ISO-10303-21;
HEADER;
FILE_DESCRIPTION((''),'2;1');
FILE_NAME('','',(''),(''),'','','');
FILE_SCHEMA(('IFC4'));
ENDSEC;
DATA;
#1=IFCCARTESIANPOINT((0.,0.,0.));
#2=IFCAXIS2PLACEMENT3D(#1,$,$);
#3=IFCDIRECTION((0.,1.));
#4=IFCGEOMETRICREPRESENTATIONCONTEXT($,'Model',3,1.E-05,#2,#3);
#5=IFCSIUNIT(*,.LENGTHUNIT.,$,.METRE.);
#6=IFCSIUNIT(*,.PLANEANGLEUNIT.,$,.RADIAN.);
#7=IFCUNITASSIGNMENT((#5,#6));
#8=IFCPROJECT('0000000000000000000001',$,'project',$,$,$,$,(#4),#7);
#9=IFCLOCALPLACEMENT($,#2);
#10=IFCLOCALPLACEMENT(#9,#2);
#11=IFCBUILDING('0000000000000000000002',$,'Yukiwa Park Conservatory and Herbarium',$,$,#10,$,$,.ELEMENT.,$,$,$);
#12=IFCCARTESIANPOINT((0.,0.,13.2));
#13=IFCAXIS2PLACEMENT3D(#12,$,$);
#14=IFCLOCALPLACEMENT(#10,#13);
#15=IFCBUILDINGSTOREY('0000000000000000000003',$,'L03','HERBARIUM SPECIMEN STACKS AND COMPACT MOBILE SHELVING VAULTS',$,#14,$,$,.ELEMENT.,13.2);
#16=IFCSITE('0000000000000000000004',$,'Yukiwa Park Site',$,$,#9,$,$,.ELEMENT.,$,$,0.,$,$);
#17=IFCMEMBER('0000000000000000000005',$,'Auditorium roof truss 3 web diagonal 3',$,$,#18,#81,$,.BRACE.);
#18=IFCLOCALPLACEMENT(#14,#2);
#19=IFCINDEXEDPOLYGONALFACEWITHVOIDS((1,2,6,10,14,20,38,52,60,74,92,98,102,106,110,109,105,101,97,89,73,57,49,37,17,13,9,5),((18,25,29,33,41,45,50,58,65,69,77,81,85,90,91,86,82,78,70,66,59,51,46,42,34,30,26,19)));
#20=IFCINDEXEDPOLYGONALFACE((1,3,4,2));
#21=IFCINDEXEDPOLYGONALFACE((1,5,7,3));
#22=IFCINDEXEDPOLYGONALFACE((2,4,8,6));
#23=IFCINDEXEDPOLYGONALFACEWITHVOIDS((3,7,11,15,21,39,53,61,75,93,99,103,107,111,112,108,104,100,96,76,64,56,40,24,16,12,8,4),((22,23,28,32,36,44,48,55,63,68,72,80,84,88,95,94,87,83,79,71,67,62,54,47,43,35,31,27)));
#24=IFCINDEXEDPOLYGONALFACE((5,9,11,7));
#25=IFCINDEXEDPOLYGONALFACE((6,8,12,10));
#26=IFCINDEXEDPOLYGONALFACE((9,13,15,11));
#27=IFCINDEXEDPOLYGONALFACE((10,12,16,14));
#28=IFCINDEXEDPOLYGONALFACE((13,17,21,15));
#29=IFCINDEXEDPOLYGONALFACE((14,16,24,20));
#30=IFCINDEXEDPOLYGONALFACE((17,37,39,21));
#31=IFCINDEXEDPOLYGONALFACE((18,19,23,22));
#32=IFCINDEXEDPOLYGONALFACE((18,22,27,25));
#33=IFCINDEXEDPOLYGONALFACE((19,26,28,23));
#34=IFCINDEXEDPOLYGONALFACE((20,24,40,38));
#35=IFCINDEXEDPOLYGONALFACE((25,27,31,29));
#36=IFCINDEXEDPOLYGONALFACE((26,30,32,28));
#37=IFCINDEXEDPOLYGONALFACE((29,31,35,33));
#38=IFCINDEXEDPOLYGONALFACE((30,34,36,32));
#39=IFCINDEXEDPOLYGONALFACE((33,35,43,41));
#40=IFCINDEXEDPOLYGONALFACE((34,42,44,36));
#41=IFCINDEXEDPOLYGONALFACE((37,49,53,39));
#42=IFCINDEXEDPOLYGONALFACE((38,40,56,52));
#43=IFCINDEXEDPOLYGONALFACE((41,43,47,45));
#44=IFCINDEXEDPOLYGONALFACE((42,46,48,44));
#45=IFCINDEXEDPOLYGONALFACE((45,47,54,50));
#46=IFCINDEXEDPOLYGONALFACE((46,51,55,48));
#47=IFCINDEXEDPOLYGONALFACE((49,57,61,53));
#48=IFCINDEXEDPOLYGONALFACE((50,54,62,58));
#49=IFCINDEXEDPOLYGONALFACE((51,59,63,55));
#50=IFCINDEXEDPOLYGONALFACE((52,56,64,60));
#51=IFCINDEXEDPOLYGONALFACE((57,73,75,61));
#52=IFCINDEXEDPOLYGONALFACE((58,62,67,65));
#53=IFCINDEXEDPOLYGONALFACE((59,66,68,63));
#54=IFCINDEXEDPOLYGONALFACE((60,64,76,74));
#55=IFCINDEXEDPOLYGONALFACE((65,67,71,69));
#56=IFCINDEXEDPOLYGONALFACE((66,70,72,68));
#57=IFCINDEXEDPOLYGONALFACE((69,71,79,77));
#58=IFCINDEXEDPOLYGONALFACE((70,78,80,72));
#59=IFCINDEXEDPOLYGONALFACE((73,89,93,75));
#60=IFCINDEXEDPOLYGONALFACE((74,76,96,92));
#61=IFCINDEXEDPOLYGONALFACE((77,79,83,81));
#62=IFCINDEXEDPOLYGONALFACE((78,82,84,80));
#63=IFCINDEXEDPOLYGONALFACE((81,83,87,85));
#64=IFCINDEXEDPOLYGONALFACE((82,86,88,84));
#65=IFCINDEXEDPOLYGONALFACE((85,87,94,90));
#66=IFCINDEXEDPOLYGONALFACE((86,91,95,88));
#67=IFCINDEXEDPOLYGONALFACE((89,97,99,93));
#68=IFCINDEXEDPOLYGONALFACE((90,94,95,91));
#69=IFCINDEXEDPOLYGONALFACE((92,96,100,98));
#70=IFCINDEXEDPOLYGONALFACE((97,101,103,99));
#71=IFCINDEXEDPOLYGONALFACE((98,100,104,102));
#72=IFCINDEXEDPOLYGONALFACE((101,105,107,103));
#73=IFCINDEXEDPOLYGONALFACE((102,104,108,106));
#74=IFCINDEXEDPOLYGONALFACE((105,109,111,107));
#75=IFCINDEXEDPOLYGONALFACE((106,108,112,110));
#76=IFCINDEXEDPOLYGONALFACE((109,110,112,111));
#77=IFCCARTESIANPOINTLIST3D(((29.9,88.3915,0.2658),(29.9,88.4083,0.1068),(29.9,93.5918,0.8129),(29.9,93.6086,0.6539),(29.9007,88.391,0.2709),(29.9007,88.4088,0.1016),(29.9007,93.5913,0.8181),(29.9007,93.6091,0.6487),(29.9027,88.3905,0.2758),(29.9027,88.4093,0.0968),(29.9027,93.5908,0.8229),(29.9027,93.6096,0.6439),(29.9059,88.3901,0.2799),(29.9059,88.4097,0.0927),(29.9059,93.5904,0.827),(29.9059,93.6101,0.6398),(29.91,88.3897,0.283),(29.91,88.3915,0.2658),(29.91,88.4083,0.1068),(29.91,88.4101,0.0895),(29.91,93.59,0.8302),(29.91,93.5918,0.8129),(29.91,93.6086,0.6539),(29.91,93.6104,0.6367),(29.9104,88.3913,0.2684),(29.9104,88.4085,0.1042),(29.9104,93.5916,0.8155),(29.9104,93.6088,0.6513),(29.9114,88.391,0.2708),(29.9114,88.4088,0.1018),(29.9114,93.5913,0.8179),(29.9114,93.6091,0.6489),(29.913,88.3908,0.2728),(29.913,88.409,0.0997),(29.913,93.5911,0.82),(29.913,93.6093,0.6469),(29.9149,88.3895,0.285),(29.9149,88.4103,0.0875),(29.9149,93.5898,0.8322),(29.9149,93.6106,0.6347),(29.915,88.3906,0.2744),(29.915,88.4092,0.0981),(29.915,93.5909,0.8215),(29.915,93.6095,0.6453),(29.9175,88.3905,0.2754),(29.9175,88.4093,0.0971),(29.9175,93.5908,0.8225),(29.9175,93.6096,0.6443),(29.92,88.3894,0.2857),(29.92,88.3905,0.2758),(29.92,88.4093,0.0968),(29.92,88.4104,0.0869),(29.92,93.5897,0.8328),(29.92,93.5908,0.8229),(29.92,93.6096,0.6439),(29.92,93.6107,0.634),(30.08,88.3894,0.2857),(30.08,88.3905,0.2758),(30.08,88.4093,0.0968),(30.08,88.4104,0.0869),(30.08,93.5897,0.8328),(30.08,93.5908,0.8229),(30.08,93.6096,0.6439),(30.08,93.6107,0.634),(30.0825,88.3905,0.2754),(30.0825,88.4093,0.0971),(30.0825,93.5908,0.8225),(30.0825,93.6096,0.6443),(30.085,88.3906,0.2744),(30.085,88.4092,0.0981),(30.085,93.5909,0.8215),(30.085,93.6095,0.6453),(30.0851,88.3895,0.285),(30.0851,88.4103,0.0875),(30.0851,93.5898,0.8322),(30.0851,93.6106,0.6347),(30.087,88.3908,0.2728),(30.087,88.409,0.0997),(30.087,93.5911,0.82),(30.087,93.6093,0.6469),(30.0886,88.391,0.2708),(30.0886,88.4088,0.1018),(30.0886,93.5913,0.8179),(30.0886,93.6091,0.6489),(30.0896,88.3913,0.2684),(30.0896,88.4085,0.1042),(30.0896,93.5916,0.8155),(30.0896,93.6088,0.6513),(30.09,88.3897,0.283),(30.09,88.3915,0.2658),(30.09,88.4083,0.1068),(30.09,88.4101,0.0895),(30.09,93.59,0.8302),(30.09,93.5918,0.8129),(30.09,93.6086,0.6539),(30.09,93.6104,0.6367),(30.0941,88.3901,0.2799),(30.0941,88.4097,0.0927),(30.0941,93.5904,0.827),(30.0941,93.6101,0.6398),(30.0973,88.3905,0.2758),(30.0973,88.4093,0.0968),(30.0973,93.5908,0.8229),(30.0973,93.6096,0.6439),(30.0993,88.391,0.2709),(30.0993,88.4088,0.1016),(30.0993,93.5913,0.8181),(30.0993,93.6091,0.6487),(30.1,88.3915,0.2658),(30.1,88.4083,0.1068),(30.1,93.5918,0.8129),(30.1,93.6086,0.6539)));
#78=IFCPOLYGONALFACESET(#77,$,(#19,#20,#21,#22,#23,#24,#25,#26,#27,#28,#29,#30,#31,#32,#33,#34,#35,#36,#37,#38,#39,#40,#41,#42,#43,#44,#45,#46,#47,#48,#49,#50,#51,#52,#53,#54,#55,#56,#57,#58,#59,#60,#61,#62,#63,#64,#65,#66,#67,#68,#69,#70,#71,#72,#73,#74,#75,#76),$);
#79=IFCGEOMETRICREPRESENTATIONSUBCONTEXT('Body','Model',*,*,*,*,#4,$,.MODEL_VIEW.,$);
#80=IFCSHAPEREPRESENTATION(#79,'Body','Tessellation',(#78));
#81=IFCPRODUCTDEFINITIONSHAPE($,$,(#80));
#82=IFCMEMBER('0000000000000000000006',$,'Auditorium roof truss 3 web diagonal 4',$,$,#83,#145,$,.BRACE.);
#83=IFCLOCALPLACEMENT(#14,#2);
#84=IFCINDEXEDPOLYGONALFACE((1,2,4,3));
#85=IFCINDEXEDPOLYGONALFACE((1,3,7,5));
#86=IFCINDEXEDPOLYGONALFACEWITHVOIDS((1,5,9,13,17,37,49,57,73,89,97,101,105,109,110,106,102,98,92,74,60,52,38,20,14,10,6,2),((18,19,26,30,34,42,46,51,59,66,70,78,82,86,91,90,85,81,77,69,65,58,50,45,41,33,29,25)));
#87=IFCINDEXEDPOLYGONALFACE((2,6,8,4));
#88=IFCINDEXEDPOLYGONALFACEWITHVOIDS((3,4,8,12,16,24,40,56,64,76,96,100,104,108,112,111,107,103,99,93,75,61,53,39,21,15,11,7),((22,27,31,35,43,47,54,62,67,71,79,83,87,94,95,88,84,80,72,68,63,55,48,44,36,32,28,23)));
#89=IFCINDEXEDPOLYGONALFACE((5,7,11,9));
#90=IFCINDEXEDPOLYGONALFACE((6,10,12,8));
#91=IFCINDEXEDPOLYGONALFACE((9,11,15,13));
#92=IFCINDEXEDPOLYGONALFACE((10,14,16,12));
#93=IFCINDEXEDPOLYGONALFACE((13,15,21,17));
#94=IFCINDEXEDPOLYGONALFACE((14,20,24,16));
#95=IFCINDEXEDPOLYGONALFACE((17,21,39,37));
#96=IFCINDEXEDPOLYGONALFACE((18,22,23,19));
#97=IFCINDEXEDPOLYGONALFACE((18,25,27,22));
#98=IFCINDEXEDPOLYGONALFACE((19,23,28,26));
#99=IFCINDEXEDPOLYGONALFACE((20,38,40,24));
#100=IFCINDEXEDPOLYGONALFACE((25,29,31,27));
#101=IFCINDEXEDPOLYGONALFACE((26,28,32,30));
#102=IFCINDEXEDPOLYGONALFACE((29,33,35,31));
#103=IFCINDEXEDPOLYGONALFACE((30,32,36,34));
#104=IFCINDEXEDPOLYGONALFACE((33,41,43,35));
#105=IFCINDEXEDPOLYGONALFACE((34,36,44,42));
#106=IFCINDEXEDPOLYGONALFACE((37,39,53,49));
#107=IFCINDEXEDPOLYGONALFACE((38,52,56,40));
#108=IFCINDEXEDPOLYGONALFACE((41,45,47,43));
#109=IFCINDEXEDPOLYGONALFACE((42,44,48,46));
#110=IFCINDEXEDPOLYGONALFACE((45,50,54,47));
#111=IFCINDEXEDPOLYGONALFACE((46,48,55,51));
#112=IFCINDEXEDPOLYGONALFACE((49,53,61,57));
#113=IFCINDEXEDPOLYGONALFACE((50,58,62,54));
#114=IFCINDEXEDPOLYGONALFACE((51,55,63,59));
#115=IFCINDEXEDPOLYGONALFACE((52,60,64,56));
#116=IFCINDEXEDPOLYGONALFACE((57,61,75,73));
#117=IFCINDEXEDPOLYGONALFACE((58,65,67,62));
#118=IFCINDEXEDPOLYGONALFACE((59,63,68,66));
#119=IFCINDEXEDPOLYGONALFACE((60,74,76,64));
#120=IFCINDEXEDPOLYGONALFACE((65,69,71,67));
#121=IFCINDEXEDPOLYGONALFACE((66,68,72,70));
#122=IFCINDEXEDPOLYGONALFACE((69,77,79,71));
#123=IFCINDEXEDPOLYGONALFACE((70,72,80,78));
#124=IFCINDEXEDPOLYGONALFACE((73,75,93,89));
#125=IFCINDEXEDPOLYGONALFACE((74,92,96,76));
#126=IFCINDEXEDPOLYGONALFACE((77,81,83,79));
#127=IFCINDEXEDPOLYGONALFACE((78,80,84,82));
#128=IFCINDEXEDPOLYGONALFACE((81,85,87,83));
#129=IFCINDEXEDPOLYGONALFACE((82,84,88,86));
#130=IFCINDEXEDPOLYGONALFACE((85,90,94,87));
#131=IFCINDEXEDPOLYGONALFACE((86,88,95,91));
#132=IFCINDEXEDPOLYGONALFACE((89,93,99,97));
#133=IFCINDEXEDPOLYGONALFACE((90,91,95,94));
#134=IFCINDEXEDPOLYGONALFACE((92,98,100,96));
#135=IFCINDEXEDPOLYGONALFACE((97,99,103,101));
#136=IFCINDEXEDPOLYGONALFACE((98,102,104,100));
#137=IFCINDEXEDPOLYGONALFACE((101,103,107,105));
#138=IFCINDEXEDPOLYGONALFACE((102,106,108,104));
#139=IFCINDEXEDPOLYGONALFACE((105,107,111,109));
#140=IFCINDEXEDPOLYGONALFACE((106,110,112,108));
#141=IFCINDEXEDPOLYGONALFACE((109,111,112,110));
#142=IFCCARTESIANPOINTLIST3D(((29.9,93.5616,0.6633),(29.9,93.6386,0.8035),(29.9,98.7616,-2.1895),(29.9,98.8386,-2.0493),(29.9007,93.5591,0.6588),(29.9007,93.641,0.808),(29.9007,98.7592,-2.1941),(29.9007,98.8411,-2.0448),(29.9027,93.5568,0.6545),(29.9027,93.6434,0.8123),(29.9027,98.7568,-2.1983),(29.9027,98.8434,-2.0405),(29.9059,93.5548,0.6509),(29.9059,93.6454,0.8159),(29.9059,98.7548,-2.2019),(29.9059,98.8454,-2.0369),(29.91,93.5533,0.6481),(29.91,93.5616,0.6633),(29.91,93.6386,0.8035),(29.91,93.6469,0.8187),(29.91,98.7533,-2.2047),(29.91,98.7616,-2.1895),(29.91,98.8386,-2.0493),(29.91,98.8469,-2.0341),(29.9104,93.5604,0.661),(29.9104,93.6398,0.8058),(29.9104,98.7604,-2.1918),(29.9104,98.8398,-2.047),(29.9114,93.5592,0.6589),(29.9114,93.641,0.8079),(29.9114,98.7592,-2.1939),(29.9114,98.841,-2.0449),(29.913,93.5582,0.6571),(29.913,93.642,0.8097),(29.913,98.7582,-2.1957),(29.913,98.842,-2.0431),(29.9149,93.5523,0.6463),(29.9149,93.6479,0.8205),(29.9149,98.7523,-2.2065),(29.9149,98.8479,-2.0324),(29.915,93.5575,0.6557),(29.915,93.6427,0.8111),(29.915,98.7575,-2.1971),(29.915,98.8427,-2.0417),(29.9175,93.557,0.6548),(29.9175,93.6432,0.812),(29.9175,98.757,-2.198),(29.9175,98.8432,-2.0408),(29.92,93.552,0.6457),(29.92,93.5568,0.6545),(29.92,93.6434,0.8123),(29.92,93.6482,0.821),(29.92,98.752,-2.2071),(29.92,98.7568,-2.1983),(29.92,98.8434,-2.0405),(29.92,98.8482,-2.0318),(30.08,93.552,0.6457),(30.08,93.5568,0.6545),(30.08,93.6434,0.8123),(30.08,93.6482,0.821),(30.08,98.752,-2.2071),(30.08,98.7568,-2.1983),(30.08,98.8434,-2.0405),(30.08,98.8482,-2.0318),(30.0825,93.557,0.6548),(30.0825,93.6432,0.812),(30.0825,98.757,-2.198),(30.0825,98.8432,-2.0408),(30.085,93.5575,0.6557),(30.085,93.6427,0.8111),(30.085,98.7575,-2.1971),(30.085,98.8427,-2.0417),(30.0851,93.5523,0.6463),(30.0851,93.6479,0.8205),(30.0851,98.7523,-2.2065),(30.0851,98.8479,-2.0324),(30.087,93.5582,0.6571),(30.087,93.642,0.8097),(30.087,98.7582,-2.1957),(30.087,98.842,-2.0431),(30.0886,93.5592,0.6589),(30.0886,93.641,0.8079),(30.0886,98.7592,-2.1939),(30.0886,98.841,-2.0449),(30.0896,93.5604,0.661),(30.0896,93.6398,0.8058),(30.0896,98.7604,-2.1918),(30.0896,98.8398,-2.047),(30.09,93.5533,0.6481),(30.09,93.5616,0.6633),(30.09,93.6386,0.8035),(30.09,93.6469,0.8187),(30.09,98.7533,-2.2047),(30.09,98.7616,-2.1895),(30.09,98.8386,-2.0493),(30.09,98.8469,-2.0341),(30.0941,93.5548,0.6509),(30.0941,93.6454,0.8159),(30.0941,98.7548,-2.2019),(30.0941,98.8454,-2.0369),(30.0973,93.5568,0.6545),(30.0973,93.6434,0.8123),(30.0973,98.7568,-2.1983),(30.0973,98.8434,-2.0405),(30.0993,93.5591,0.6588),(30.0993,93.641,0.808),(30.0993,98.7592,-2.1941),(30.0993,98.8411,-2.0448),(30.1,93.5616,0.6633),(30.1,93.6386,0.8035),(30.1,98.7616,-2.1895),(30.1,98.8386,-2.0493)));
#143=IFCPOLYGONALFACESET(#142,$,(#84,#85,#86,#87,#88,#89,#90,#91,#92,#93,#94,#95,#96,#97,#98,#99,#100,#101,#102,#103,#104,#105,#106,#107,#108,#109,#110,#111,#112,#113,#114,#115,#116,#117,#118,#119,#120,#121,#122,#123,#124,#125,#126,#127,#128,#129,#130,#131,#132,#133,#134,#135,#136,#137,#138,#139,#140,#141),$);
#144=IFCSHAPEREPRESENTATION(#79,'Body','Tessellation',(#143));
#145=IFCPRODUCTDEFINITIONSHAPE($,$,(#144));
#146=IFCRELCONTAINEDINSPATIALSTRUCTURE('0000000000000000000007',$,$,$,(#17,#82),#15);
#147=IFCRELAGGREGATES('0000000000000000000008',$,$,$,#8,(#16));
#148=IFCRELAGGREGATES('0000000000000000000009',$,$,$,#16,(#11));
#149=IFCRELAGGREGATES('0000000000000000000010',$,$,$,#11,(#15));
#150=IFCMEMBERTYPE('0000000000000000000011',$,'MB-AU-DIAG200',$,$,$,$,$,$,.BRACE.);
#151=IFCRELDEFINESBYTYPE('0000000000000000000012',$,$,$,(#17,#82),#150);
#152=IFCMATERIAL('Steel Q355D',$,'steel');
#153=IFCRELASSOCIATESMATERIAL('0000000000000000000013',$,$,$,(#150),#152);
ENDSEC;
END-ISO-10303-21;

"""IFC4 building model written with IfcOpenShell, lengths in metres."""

from ifc_helpers import new_model, si_unit, direction, frame, origin, origin_2d, place, context, subcontext, project, spatial, hollow_rectangle, extrude, material, material_profile, profile_set, type_object, element, save


model = new_model("IFC4")

# Units and contexts
model_context = context("Model", 3, precision=1e-05, world=origin(), true_north=direction((0.0, 1.0)))
body_context = subcontext(model_context, "Body", "Model", "MODEL_VIEW")
ifc_project = project(units=[si_unit("LENGTHUNIT", "METRE"), si_unit("PLANEANGLEUNIT", "RADIAN")], contexts=[model_context])

# Site, building, storey
site_placement = place(None, origin())
site = spatial("IfcSite", under=ifc_project, at=site_placement, Name="Yukiwa Park Site", CompositionType="ELEMENT", RefElevation=0.0)
building_placement = place(site_placement, origin())
building = spatial("IfcBuilding", under=site, at=building_placement, Name="Yukiwa Park Conservatory and Herbarium", CompositionType="ELEMENT")
storey_placement = place(building_placement, frame((0.0, 0.0, 13.2)))
storey = spatial("IfcBuildingStorey", under=building, at=storey_placement, Name="L03", Description="HERBARIUM SPECIMEN STACKS AND COMPACT MOBILE SHELVING VAULTS", CompositionType="ELEMENT", Elevation=13.2)

# Members
ifc_material_1 = material(Name="Steel Q355D", Category="steel")
ifc_material_profile_1 = material_profile(ifc_material_1, hollow_rectangle(XDim=0.2, YDim=0.2, WallThickness=0.01, InnerFilletRadius=0.01, OuterFilletRadius=0.02, at=origin_2d()), Name="SHS 200x200x10")
ifc_profile_set_1 = profile_set([ifc_material_profile_1], Name="Steel Q355D")
member_type_1 = type_object("IfcMemberType", Name="MB-AU-DIAG200", PredefinedType="BRACE", material=ifc_profile_set_1)
member_1_placement = place(storey_placement, frame((30.0, 88.3999, 0.1863), z_axis=(0.0, 0.994511, 0.104634), x_axis=(-1.0, 0.0, 0.0)))
element("IfcMember", 1, at=member_1_placement, inside=storey, type_object=member_type_1, Name="Auditorium roof truss 3 web diagonal 3", PredefinedType="BRACE", context=body_context, shape_type="SweptSolid", body=[
    extrude(hollow_rectangle(XDim=0.2, YDim=0.2, WallThickness=0.01, InnerFilletRadius=0.01, OuterFilletRadius=0.02, at=origin_2d()), origin(), (0.0, 0.0, 1.0), 5.229),
])
member_2_placement = place(storey_placement, frame((30.0, 93.6001, 0.7334), z_axis=(0.0, 0.876727, -0.480988), x_axis=(-1.0, 0.0, 0.0)))
element("IfcMember", 2, at=member_2_placement, inside=storey, type_object=member_type_1, Name="Auditorium roof truss 3 web diagonal 4", PredefinedType="BRACE", context=body_context, shape_type="SweptSolid", body=[
    extrude(hollow_rectangle(XDim=0.2, YDim=0.2, WallThickness=0.01, InnerFilletRadius=0.01, OuterFilletRadius=0.02, at=origin_2d()), origin(), (0.0, 0.0, 1.0), 5.9312),
])

save(model, "model.ifc")
